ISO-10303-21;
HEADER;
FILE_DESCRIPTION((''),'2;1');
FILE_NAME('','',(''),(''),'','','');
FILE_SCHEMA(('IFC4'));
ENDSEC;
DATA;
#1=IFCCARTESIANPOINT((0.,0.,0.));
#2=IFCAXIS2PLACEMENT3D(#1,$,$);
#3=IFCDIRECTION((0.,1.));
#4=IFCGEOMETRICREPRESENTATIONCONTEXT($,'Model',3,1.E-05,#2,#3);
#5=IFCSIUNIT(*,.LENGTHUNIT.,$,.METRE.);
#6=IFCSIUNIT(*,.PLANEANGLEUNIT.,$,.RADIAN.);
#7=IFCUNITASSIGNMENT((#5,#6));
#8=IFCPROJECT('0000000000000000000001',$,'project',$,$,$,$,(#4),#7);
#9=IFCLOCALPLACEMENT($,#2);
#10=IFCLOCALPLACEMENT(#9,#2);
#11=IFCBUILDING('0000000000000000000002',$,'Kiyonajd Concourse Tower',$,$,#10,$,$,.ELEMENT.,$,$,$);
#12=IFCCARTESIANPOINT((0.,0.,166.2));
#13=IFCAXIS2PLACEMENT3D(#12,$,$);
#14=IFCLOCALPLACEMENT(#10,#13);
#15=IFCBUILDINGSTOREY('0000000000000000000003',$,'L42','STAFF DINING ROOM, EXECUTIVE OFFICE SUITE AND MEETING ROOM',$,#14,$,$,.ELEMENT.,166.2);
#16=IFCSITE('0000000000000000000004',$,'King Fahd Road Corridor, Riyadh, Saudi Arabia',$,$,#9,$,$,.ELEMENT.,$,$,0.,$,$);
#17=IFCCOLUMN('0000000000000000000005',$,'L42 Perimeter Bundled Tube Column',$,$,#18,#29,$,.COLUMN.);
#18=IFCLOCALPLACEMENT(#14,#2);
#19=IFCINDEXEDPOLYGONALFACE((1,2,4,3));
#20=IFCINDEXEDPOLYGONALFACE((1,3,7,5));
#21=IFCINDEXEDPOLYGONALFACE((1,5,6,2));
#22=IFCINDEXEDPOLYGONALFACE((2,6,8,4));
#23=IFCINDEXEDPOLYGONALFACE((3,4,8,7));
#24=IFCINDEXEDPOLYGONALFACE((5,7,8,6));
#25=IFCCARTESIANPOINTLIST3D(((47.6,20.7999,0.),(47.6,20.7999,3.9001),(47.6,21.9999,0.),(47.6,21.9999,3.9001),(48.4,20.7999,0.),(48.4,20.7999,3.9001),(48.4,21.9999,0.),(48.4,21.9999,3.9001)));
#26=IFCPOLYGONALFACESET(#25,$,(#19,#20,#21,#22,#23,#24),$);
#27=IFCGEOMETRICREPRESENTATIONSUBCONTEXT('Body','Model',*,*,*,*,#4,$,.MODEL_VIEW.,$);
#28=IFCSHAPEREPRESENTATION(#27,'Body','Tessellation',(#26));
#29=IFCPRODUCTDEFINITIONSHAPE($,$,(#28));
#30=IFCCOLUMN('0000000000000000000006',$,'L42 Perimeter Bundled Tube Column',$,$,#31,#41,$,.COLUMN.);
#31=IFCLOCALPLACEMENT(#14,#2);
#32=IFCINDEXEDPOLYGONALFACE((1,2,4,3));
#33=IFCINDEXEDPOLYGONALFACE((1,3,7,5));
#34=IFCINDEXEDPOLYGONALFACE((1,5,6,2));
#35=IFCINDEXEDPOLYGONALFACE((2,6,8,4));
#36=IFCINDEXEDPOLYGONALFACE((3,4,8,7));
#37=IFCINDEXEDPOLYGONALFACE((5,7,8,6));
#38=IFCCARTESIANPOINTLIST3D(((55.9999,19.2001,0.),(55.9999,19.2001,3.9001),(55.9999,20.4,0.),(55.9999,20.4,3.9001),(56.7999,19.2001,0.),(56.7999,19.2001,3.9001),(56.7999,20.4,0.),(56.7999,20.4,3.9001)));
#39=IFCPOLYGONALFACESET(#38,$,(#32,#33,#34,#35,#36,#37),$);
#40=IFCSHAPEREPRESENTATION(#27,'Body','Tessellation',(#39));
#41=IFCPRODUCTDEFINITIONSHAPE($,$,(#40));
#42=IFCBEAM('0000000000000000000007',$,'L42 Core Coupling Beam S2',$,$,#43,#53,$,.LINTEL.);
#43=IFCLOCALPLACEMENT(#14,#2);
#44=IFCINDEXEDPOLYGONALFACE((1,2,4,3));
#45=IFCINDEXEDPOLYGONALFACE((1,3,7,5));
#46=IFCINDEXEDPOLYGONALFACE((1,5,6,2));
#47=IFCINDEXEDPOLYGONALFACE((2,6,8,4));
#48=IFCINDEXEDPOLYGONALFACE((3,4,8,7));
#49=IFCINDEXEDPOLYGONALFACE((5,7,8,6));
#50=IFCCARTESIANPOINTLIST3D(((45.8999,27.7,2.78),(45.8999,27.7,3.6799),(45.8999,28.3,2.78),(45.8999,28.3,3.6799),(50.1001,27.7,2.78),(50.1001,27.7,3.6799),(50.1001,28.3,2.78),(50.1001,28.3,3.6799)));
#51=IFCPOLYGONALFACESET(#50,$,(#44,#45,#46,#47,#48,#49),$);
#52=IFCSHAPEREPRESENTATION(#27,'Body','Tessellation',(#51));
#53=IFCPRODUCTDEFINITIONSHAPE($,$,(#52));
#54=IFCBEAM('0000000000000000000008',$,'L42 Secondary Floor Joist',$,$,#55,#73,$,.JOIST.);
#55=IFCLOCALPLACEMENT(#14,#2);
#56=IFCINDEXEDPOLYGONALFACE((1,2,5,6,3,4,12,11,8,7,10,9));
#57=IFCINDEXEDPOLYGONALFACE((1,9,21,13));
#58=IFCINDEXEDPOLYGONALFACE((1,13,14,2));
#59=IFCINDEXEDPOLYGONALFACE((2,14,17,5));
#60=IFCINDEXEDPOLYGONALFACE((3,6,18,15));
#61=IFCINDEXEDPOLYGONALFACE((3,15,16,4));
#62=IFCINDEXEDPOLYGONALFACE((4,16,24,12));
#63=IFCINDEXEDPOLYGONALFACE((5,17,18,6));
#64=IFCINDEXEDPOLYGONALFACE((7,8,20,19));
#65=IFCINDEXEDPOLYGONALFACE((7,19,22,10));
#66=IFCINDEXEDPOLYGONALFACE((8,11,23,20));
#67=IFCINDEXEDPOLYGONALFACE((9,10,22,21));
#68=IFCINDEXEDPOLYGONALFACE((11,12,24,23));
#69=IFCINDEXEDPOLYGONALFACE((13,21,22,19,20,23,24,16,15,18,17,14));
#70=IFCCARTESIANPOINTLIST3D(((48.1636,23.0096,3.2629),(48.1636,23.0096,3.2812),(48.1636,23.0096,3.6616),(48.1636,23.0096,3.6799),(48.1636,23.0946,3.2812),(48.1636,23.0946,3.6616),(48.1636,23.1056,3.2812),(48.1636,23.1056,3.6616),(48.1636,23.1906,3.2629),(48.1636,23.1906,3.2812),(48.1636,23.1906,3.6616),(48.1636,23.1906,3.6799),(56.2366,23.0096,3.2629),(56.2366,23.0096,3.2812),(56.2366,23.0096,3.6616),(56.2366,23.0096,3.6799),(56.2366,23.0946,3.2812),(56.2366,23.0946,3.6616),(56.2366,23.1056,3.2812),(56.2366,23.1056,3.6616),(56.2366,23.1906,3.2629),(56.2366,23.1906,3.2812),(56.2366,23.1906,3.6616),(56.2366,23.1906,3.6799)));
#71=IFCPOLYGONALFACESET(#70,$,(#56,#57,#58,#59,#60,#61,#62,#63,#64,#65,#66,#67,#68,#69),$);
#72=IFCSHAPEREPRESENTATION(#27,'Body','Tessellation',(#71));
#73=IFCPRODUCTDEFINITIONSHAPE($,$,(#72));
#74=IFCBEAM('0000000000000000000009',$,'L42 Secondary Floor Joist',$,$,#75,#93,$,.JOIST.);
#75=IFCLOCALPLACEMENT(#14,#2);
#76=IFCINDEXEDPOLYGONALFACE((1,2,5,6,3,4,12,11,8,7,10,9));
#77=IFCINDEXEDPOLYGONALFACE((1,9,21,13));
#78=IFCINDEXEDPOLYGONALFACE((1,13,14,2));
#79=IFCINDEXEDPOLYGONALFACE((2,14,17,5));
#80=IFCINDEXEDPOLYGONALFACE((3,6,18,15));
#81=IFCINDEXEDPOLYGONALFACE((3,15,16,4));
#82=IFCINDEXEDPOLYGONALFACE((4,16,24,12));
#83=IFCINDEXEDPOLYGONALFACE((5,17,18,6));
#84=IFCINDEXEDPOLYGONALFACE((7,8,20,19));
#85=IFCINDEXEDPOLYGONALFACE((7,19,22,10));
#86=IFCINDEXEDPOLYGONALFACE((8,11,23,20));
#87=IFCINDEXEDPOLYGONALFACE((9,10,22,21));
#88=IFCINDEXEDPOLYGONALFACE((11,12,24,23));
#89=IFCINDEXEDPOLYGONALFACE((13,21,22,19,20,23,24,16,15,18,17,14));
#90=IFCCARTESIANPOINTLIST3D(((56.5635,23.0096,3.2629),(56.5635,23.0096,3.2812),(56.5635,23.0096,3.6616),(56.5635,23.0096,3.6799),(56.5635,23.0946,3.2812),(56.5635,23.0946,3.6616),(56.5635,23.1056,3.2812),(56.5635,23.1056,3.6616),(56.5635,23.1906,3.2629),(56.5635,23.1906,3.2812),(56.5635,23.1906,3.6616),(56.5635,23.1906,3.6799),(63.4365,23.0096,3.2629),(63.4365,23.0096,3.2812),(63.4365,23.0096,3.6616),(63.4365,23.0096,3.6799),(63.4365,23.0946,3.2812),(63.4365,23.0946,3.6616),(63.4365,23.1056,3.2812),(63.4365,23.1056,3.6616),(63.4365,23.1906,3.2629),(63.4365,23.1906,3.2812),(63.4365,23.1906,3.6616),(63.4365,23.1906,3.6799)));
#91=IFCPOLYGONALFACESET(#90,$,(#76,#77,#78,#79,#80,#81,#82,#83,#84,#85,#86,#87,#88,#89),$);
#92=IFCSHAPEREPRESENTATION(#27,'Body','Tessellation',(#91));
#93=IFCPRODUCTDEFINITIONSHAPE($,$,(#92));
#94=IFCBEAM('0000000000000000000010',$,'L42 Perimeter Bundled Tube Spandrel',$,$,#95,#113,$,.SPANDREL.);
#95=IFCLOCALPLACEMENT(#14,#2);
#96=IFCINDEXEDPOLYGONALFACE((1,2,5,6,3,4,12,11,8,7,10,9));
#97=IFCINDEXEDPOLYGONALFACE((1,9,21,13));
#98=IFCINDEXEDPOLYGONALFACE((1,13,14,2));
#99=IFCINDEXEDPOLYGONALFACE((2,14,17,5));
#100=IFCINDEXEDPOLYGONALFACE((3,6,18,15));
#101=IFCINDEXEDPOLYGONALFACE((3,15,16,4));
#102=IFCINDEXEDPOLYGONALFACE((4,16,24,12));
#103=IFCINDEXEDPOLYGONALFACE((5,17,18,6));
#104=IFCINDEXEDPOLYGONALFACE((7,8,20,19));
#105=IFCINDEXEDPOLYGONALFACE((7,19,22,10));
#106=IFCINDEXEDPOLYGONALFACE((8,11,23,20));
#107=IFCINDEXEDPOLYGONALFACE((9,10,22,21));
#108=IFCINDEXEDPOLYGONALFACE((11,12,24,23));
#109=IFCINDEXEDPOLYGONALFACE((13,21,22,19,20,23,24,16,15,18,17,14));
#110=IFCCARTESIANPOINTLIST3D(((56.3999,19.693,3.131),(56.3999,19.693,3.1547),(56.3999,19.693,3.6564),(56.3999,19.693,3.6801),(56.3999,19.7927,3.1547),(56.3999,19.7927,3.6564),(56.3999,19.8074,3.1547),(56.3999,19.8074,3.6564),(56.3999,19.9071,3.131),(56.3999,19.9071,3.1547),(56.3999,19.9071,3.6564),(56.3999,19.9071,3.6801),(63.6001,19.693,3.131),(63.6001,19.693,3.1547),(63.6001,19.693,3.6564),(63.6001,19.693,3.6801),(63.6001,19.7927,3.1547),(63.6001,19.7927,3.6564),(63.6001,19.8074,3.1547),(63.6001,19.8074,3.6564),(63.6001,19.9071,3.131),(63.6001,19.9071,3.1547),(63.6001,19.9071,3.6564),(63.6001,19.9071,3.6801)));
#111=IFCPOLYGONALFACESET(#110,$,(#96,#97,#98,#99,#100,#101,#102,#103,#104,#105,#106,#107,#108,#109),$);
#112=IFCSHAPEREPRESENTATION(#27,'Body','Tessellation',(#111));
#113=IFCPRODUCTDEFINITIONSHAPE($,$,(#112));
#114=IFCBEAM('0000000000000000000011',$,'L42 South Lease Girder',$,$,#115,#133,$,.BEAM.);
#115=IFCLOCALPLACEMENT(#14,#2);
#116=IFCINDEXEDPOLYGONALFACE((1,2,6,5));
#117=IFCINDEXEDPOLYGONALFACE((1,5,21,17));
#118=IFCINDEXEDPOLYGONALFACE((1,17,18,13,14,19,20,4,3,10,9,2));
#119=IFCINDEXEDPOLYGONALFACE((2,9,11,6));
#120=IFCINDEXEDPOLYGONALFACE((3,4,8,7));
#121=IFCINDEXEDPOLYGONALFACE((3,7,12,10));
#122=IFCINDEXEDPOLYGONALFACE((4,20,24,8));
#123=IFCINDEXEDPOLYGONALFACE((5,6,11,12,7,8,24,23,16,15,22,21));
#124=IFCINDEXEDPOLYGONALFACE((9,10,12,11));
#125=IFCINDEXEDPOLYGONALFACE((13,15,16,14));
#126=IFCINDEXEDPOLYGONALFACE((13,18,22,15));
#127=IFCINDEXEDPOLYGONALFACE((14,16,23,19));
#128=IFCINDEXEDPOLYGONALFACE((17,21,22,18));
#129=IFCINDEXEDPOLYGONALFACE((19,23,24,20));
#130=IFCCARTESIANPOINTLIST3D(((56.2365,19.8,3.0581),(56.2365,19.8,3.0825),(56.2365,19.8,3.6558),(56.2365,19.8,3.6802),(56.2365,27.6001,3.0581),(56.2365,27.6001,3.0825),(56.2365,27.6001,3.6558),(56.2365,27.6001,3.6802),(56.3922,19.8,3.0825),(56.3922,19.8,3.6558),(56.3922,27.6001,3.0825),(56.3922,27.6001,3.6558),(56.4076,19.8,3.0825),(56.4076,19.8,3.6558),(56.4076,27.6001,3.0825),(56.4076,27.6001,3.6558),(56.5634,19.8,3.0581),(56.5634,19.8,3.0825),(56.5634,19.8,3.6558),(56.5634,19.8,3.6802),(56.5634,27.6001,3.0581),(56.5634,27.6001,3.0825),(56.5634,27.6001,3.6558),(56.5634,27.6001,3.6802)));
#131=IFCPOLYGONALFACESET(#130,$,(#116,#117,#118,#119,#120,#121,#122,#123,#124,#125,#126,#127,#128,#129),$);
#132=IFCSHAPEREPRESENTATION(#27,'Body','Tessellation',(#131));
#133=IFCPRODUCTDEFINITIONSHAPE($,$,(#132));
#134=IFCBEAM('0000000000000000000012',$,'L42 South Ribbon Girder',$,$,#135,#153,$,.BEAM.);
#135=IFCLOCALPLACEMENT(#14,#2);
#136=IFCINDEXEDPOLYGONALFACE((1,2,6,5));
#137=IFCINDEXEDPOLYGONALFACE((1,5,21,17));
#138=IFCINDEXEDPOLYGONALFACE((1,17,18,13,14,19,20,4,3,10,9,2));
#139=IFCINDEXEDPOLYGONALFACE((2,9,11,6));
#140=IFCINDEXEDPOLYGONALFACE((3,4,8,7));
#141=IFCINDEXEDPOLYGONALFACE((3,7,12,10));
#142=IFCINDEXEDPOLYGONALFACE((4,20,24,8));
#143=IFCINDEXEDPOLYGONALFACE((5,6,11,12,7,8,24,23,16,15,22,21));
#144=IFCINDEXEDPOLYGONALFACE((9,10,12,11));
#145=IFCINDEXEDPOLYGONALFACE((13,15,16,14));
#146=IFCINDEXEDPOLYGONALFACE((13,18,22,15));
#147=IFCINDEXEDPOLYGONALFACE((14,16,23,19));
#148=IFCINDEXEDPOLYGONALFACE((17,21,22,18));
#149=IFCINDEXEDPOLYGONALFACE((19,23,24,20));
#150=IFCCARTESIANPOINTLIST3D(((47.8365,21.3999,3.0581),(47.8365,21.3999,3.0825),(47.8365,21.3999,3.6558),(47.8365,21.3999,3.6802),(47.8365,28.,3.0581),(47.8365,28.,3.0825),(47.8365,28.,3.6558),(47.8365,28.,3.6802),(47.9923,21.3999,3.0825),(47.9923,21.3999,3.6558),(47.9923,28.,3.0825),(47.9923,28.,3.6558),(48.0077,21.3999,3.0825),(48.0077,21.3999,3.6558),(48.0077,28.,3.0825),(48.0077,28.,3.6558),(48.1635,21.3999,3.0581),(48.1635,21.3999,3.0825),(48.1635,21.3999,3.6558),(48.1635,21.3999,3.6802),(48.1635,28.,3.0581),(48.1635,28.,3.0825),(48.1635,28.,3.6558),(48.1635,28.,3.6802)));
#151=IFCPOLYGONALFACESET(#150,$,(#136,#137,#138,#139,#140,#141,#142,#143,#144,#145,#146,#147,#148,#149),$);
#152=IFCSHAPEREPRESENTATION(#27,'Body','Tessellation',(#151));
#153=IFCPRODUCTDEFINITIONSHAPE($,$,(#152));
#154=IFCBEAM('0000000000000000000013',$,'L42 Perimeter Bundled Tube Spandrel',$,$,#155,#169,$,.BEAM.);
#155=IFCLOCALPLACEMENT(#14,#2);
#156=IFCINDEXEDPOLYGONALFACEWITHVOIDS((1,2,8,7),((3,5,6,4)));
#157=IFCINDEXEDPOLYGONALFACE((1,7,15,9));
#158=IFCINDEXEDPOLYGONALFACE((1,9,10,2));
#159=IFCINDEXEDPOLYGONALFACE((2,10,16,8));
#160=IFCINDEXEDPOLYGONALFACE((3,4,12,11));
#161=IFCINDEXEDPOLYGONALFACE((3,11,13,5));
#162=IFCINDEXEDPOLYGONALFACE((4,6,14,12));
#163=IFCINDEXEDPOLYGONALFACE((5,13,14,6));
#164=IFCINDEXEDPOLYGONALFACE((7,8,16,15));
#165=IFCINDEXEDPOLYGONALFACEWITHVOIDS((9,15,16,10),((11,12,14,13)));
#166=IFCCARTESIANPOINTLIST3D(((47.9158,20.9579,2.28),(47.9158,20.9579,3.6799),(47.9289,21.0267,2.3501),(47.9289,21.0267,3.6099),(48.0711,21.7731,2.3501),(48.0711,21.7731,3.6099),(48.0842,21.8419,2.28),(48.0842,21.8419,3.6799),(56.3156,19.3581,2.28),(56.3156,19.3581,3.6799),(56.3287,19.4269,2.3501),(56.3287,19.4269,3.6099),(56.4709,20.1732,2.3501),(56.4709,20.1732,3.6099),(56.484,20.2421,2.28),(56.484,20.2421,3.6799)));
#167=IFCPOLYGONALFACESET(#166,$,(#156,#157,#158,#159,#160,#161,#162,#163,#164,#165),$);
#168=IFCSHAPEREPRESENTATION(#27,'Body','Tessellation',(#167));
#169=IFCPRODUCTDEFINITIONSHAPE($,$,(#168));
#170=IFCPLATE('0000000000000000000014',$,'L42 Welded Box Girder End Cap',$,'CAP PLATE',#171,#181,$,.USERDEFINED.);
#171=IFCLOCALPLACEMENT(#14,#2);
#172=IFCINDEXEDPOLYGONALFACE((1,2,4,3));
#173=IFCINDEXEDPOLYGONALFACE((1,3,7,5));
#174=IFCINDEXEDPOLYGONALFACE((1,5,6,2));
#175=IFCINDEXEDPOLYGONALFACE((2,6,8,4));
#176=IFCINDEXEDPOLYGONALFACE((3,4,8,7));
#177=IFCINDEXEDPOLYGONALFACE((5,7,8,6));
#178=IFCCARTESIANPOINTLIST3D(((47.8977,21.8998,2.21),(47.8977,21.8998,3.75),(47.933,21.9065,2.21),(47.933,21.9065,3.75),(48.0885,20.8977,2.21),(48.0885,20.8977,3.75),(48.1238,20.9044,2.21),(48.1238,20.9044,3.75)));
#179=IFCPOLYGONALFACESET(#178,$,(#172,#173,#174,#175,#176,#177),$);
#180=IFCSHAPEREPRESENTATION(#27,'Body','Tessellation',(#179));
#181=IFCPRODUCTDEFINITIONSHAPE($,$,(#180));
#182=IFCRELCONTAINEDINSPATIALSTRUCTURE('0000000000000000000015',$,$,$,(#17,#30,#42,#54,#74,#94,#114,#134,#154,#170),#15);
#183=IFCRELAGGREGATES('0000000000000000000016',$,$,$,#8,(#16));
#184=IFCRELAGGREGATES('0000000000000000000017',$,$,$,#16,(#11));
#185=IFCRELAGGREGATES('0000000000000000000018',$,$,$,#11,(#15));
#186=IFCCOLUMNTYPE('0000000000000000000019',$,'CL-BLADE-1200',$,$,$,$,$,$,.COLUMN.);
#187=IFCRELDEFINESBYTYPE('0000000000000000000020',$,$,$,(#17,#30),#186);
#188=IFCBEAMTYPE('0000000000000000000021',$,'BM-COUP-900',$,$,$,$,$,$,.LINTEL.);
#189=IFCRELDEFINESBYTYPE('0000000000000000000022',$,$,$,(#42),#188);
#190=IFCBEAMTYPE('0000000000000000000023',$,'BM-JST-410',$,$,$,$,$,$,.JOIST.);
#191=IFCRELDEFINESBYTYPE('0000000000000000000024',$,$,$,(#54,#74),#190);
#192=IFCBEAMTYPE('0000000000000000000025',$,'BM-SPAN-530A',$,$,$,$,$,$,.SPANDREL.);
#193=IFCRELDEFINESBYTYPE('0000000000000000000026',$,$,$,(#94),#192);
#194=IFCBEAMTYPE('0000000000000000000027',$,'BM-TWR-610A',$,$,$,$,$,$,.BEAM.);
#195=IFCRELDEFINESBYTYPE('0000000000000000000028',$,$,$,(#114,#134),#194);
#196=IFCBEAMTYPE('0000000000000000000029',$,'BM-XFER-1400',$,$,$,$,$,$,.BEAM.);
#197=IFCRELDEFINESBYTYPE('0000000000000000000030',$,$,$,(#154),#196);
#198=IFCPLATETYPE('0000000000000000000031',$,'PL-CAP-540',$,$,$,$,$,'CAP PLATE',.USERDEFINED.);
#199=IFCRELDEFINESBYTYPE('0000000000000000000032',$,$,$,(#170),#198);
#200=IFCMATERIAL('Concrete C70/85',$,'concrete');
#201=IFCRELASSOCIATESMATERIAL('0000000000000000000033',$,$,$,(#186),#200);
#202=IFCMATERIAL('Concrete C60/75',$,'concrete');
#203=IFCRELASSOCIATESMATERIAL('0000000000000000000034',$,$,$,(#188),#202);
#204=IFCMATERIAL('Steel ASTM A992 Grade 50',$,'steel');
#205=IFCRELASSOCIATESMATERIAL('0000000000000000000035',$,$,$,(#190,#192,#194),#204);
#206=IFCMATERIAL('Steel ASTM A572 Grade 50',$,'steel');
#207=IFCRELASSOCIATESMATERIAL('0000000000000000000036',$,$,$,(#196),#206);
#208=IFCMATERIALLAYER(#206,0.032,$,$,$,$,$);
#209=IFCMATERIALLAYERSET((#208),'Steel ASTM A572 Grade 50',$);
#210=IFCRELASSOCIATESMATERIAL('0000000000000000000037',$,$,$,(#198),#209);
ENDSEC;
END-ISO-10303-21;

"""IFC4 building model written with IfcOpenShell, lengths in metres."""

from ifc_helpers import new_model, si_unit, direction, frame, origin, origin_2d, place, context, subcontext, project, spatial, rectangle, hollow_rectangle, i_section, extrude, material, layer, layer_set, material_profile, profile_set, type_object, element, save


model = new_model("IFC4")

# Units and contexts
model_context = context("Model", 3, precision=1e-05, world=origin(), true_north=direction((0.0, 1.0)))
body_context = subcontext(model_context, "Body", "Model", "MODEL_VIEW")
ifc_project = project(units=[si_unit("LENGTHUNIT", "METRE"), si_unit("PLANEANGLEUNIT", "RADIAN")], contexts=[model_context])

# Site, building, storey
site_placement = place(None, origin())
site = spatial("IfcSite", under=ifc_project, at=site_placement, Name="King Fahd Road Corridor, Riyadh, Saudi Arabia", CompositionType="ELEMENT", RefElevation=0.0)
building_placement = place(site_placement, origin())
building = spatial("IfcBuilding", under=site, at=building_placement, Name="Kiyonajd Concourse Tower", CompositionType="ELEMENT")
storey_placement = place(building_placement, frame((0.0, 0.0, 166.2)))
storey = spatial("IfcBuildingStorey", under=building, at=storey_placement, Name="L42", Description="STAFF DINING ROOM, EXECUTIVE OFFICE SUITE AND MEETING ROOM", CompositionType="ELEMENT", Elevation=166.2)

# Columns
ifc_material_1 = material(Name="Concrete C70/85", Category="concrete")
ifc_material_profile_1 = material_profile(ifc_material_1, rectangle(XDim=0.8, YDim=1.2, at=origin_2d()), Name="RC-1200x800")
ifc_profile_set_1 = profile_set([ifc_material_profile_1], Name="Concrete C70/85")
column_type = type_object("IfcColumnType", Name="CL-BLADE-1200", PredefinedType="COLUMN", material=ifc_profile_set_1)
for number, where, z_axis, x_axis, name in (
    (1, (48.0, 21.3999, 0.0), (0.0, 0.0, 1.0), (1.0, 0.0, 0.0), "L42 Perimeter Bundled Tube Column"),
    (2, (56.3999, 19.8, 0.0), (0.0, 0.0, 1.0), (1.0, 0.0, 0.0), "L42 Perimeter Bundled Tube Column"),
):
    element("IfcColumn", number, at=place(storey_placement, frame(where, z_axis=z_axis, x_axis=x_axis)), inside=storey, type_object=column_type, Name=name, PredefinedType="COLUMN", context=body_context, shape_type="SweptSolid", body=[
        extrude(rectangle(XDim=0.8, YDim=1.2, at=origin_2d()), origin(), (0.0, 0.0, 1.0), 3.9001),
    ])

# Beams
ifc_material_2 = material(Name="Concrete C60/75", Category="concrete")
ifc_material_profile_2 = material_profile(ifc_material_2, rectangle(XDim=0.6001, YDim=0.8999, at=origin_2d()), Name="RCBM-600x900")
ifc_profile_set_2 = profile_set([ifc_material_profile_2], Name="Concrete C60/75")
beam_type_1 = type_object("IfcBeamType", Name="BM-COUP-900", PredefinedType="LINTEL", material=ifc_profile_set_2)
beam_1_placement = place(storey_placement, frame((45.8999, 28.0, 3.23), z_axis=(1.0, 0.0, 0.0), x_axis=(0.0, 1.0, 0.0)))
element("IfcBeam", 3, at=beam_1_placement, inside=storey, type_object=beam_type_1, Name="L42 Core Coupling Beam S2", PredefinedType="LINTEL", context=body_context, shape_type="SweptSolid", body=[
    extrude(rectangle(XDim=0.6001, YDim=0.8999, at=origin_2d()), origin(), (0.0, 0.0, 1.0), 4.2002),
])
ifc_material_3 = material(Name="Steel ASTM A992 Grade 50", Category="steel")
ifc_material_profile_3 = material_profile(ifc_material_3, i_section(OverallWidth=0.1809, OverallDepth=0.417, WebThickness=0.011, FlangeThickness=0.0183, at=origin_2d()), Name="W410X85")
ifc_profile_set_3 = profile_set([ifc_material_profile_3], Name="Steel ASTM A992 Grade 50")
beam_type_2 = type_object("IfcBeamType", Name="BM-JST-410", PredefinedType="JOIST", material=ifc_profile_set_3)
beam_2_placement = place(storey_placement, frame((48.1636, 23.1001, 3.4714), z_axis=(1.0, 0.0, 0.0), x_axis=(0.0, 1.0, 0.0)))
element("IfcBeam", 4, at=beam_2_placement, inside=storey, type_object=beam_type_2, Name="L42 Secondary Floor Joist", PredefinedType="JOIST", context=body_context, shape_type="SweptSolid", body=[
    extrude(i_section(OverallWidth=0.1809, OverallDepth=0.417, WebThickness=0.011, FlangeThickness=0.0183, at=origin_2d()), origin(), (0.0, 0.0, 1.0), 8.073),
])
beam_3_placement = place(storey_placement, frame((56.5635, 23.1001, 3.4714), z_axis=(1.0, 0.0, 0.0), x_axis=(0.0, 1.0, 0.0)))
element("IfcBeam", 5, at=beam_3_placement, inside=storey, type_object=beam_type_2, Name="L42 Secondary Floor Joist", PredefinedType="JOIST", context=body_context, shape_type="SweptSolid", body=[
    extrude(i_section(OverallWidth=0.1809, OverallDepth=0.417, WebThickness=0.011, FlangeThickness=0.0183, at=origin_2d()), origin(), (0.0, 0.0, 1.0), 6.873),
])
ifc_material_profile_4 = material_profile(ifc_material_3, i_section(OverallWidth=0.2141, OverallDepth=0.5491, WebThickness=0.0146, FlangeThickness=0.0237, at=origin_2d()), Name="W530X138")
ifc_profile_set_4 = profile_set([ifc_material_profile_4], Name="Steel ASTM A992 Grade 50")
beam_type_3 = type_object("IfcBeamType", Name="BM-SPAN-530A", PredefinedType="SPANDREL", material=ifc_profile_set_4)
beam_4_placement = place(storey_placement, frame((56.3999, 19.8, 3.4055), z_axis=(1.0, 0.0, 0.0), x_axis=(0.0, 1.0, 0.0)))
element("IfcBeam", 6, at=beam_4_placement, inside=storey, type_object=beam_type_3, Name="L42 Perimeter Bundled Tube Spandrel", PredefinedType="SPANDREL", context=body_context, shape_type="SweptSolid", body=[
    extrude(i_section(OverallWidth=0.2141, OverallDepth=0.5491, WebThickness=0.0146, FlangeThickness=0.0237, at=origin_2d()), origin(), (0.0, 0.0, 1.0), 7.2002),
])
ifc_material_profile_5 = material_profile(ifc_material_3, i_section(OverallWidth=0.3269, OverallDepth=0.6221, WebThickness=0.0154, FlangeThickness=0.0244, at=origin_2d()), Name="W610X195")
ifc_profile_set_5 = profile_set([ifc_material_profile_5], Name="Steel ASTM A992 Grade 50")
beam_type_4 = type_object("IfcBeamType", Name="BM-TWR-610A", PredefinedType="BEAM", material=ifc_profile_set_5)
beam_5_placement = place(storey_placement, frame((56.3999, 19.8, 3.3691), z_axis=(0.0, 1.0, 0.0), x_axis=(-1.0, 0.0, 0.0)))
element("IfcBeam", 7, at=beam_5_placement, inside=storey, type_object=beam_type_4, Name="L42 South Lease Girder", PredefinedType="BEAM", context=body_context, shape_type="SweptSolid", body=[
    extrude(i_section(OverallWidth=0.3269, OverallDepth=0.6221, WebThickness=0.0154, FlangeThickness=0.0244, at=origin_2d()), origin(), (0.0, 0.0, 1.0), 7.8),
])
beam_6_placement = place(storey_placement, frame((48.0, 21.3999, 3.3691), z_axis=(0.0, 1.0, 0.0), x_axis=(-1.0, 0.0, 0.0)))
element("IfcBeam", 8, at=beam_6_placement, inside=storey, type_object=beam_type_4, Name="L42 South Ribbon Girder", PredefinedType="BEAM", context=body_context, shape_type="SweptSolid", body=[
    extrude(i_section(OverallWidth=0.3269, OverallDepth=0.6221, WebThickness=0.0154, FlangeThickness=0.0244, at=origin_2d()), origin(), (0.0, 0.0, 1.0), 6.6001),
])
ifc_material_4 = material(Name="Steel ASTM A572 Grade 50", Category="steel")
ifc_material_profile_6 = material_profile(ifc_material_4, hollow_rectangle(XDim=0.8999, YDim=1.3999, WallThickness=0.0701, at=origin_2d()), Name="BOX-1400x900x70")
ifc_profile_set_6 = profile_set([ifc_material_profile_6], Name="Steel ASTM A572 Grade 50")
beam_type_5 = type_object("IfcBeamType", Name="BM-XFER-1400", PredefinedType="BEAM", material=ifc_profile_set_6)
beam_7_placement = place(storey_placement, frame((48.0, 21.3999, 2.98), z_axis=(0.982341, -0.187098, 0.0), x_axis=(0.187098, 0.982341, 0.0)))
element("IfcBeam", 9, at=beam_7_placement, inside=storey, type_object=beam_type_5, Name="L42 Perimeter Bundled Tube Spandrel", PredefinedType="BEAM", context=body_context, shape_type="SweptSolid", body=[
    extrude(hollow_rectangle(XDim=0.8999, YDim=1.3999, WallThickness=0.0701, at=origin_2d()), origin(), (0.0, 0.0, 1.0), 8.5508),
])

# Plate
ifc_layer_1 = layer(ifc_material_4, 0.032)
ifc_layer_set_1 = layer_set([ifc_layer_1], Name="Steel ASTM A572 Grade 50")
plate_type_1 = type_object("IfcPlateType", Name="PL-CAP-540", ElementType="CAP PLATE", PredefinedType="USERDEFINED", material=ifc_layer_set_1)
for number, where, z_axis, x_axis, name in (
    (10, (48.0107, 21.4021, 2.21), (0.0, 0.0, 1.0), (0.982353, 0.187038, 0.0), "L42 Welded Box Girder End Cap"),
):
    element("IfcPlate", number, at=place(storey_placement, frame(where, z_axis=z_axis, x_axis=x_axis)), inside=storey, type_object=plate_type_1, Name=name, ObjectType="CAP PLATE", PredefinedType="USERDEFINED", context=body_context, shape_type="SweptSolid", body=[
        extrude(rectangle(XDim=0.0359, YDim=1.02, at=origin_2d()), origin(), (0.0, 0.0, 1.0), 1.54),
    ])

save(model, "model.ifc")
